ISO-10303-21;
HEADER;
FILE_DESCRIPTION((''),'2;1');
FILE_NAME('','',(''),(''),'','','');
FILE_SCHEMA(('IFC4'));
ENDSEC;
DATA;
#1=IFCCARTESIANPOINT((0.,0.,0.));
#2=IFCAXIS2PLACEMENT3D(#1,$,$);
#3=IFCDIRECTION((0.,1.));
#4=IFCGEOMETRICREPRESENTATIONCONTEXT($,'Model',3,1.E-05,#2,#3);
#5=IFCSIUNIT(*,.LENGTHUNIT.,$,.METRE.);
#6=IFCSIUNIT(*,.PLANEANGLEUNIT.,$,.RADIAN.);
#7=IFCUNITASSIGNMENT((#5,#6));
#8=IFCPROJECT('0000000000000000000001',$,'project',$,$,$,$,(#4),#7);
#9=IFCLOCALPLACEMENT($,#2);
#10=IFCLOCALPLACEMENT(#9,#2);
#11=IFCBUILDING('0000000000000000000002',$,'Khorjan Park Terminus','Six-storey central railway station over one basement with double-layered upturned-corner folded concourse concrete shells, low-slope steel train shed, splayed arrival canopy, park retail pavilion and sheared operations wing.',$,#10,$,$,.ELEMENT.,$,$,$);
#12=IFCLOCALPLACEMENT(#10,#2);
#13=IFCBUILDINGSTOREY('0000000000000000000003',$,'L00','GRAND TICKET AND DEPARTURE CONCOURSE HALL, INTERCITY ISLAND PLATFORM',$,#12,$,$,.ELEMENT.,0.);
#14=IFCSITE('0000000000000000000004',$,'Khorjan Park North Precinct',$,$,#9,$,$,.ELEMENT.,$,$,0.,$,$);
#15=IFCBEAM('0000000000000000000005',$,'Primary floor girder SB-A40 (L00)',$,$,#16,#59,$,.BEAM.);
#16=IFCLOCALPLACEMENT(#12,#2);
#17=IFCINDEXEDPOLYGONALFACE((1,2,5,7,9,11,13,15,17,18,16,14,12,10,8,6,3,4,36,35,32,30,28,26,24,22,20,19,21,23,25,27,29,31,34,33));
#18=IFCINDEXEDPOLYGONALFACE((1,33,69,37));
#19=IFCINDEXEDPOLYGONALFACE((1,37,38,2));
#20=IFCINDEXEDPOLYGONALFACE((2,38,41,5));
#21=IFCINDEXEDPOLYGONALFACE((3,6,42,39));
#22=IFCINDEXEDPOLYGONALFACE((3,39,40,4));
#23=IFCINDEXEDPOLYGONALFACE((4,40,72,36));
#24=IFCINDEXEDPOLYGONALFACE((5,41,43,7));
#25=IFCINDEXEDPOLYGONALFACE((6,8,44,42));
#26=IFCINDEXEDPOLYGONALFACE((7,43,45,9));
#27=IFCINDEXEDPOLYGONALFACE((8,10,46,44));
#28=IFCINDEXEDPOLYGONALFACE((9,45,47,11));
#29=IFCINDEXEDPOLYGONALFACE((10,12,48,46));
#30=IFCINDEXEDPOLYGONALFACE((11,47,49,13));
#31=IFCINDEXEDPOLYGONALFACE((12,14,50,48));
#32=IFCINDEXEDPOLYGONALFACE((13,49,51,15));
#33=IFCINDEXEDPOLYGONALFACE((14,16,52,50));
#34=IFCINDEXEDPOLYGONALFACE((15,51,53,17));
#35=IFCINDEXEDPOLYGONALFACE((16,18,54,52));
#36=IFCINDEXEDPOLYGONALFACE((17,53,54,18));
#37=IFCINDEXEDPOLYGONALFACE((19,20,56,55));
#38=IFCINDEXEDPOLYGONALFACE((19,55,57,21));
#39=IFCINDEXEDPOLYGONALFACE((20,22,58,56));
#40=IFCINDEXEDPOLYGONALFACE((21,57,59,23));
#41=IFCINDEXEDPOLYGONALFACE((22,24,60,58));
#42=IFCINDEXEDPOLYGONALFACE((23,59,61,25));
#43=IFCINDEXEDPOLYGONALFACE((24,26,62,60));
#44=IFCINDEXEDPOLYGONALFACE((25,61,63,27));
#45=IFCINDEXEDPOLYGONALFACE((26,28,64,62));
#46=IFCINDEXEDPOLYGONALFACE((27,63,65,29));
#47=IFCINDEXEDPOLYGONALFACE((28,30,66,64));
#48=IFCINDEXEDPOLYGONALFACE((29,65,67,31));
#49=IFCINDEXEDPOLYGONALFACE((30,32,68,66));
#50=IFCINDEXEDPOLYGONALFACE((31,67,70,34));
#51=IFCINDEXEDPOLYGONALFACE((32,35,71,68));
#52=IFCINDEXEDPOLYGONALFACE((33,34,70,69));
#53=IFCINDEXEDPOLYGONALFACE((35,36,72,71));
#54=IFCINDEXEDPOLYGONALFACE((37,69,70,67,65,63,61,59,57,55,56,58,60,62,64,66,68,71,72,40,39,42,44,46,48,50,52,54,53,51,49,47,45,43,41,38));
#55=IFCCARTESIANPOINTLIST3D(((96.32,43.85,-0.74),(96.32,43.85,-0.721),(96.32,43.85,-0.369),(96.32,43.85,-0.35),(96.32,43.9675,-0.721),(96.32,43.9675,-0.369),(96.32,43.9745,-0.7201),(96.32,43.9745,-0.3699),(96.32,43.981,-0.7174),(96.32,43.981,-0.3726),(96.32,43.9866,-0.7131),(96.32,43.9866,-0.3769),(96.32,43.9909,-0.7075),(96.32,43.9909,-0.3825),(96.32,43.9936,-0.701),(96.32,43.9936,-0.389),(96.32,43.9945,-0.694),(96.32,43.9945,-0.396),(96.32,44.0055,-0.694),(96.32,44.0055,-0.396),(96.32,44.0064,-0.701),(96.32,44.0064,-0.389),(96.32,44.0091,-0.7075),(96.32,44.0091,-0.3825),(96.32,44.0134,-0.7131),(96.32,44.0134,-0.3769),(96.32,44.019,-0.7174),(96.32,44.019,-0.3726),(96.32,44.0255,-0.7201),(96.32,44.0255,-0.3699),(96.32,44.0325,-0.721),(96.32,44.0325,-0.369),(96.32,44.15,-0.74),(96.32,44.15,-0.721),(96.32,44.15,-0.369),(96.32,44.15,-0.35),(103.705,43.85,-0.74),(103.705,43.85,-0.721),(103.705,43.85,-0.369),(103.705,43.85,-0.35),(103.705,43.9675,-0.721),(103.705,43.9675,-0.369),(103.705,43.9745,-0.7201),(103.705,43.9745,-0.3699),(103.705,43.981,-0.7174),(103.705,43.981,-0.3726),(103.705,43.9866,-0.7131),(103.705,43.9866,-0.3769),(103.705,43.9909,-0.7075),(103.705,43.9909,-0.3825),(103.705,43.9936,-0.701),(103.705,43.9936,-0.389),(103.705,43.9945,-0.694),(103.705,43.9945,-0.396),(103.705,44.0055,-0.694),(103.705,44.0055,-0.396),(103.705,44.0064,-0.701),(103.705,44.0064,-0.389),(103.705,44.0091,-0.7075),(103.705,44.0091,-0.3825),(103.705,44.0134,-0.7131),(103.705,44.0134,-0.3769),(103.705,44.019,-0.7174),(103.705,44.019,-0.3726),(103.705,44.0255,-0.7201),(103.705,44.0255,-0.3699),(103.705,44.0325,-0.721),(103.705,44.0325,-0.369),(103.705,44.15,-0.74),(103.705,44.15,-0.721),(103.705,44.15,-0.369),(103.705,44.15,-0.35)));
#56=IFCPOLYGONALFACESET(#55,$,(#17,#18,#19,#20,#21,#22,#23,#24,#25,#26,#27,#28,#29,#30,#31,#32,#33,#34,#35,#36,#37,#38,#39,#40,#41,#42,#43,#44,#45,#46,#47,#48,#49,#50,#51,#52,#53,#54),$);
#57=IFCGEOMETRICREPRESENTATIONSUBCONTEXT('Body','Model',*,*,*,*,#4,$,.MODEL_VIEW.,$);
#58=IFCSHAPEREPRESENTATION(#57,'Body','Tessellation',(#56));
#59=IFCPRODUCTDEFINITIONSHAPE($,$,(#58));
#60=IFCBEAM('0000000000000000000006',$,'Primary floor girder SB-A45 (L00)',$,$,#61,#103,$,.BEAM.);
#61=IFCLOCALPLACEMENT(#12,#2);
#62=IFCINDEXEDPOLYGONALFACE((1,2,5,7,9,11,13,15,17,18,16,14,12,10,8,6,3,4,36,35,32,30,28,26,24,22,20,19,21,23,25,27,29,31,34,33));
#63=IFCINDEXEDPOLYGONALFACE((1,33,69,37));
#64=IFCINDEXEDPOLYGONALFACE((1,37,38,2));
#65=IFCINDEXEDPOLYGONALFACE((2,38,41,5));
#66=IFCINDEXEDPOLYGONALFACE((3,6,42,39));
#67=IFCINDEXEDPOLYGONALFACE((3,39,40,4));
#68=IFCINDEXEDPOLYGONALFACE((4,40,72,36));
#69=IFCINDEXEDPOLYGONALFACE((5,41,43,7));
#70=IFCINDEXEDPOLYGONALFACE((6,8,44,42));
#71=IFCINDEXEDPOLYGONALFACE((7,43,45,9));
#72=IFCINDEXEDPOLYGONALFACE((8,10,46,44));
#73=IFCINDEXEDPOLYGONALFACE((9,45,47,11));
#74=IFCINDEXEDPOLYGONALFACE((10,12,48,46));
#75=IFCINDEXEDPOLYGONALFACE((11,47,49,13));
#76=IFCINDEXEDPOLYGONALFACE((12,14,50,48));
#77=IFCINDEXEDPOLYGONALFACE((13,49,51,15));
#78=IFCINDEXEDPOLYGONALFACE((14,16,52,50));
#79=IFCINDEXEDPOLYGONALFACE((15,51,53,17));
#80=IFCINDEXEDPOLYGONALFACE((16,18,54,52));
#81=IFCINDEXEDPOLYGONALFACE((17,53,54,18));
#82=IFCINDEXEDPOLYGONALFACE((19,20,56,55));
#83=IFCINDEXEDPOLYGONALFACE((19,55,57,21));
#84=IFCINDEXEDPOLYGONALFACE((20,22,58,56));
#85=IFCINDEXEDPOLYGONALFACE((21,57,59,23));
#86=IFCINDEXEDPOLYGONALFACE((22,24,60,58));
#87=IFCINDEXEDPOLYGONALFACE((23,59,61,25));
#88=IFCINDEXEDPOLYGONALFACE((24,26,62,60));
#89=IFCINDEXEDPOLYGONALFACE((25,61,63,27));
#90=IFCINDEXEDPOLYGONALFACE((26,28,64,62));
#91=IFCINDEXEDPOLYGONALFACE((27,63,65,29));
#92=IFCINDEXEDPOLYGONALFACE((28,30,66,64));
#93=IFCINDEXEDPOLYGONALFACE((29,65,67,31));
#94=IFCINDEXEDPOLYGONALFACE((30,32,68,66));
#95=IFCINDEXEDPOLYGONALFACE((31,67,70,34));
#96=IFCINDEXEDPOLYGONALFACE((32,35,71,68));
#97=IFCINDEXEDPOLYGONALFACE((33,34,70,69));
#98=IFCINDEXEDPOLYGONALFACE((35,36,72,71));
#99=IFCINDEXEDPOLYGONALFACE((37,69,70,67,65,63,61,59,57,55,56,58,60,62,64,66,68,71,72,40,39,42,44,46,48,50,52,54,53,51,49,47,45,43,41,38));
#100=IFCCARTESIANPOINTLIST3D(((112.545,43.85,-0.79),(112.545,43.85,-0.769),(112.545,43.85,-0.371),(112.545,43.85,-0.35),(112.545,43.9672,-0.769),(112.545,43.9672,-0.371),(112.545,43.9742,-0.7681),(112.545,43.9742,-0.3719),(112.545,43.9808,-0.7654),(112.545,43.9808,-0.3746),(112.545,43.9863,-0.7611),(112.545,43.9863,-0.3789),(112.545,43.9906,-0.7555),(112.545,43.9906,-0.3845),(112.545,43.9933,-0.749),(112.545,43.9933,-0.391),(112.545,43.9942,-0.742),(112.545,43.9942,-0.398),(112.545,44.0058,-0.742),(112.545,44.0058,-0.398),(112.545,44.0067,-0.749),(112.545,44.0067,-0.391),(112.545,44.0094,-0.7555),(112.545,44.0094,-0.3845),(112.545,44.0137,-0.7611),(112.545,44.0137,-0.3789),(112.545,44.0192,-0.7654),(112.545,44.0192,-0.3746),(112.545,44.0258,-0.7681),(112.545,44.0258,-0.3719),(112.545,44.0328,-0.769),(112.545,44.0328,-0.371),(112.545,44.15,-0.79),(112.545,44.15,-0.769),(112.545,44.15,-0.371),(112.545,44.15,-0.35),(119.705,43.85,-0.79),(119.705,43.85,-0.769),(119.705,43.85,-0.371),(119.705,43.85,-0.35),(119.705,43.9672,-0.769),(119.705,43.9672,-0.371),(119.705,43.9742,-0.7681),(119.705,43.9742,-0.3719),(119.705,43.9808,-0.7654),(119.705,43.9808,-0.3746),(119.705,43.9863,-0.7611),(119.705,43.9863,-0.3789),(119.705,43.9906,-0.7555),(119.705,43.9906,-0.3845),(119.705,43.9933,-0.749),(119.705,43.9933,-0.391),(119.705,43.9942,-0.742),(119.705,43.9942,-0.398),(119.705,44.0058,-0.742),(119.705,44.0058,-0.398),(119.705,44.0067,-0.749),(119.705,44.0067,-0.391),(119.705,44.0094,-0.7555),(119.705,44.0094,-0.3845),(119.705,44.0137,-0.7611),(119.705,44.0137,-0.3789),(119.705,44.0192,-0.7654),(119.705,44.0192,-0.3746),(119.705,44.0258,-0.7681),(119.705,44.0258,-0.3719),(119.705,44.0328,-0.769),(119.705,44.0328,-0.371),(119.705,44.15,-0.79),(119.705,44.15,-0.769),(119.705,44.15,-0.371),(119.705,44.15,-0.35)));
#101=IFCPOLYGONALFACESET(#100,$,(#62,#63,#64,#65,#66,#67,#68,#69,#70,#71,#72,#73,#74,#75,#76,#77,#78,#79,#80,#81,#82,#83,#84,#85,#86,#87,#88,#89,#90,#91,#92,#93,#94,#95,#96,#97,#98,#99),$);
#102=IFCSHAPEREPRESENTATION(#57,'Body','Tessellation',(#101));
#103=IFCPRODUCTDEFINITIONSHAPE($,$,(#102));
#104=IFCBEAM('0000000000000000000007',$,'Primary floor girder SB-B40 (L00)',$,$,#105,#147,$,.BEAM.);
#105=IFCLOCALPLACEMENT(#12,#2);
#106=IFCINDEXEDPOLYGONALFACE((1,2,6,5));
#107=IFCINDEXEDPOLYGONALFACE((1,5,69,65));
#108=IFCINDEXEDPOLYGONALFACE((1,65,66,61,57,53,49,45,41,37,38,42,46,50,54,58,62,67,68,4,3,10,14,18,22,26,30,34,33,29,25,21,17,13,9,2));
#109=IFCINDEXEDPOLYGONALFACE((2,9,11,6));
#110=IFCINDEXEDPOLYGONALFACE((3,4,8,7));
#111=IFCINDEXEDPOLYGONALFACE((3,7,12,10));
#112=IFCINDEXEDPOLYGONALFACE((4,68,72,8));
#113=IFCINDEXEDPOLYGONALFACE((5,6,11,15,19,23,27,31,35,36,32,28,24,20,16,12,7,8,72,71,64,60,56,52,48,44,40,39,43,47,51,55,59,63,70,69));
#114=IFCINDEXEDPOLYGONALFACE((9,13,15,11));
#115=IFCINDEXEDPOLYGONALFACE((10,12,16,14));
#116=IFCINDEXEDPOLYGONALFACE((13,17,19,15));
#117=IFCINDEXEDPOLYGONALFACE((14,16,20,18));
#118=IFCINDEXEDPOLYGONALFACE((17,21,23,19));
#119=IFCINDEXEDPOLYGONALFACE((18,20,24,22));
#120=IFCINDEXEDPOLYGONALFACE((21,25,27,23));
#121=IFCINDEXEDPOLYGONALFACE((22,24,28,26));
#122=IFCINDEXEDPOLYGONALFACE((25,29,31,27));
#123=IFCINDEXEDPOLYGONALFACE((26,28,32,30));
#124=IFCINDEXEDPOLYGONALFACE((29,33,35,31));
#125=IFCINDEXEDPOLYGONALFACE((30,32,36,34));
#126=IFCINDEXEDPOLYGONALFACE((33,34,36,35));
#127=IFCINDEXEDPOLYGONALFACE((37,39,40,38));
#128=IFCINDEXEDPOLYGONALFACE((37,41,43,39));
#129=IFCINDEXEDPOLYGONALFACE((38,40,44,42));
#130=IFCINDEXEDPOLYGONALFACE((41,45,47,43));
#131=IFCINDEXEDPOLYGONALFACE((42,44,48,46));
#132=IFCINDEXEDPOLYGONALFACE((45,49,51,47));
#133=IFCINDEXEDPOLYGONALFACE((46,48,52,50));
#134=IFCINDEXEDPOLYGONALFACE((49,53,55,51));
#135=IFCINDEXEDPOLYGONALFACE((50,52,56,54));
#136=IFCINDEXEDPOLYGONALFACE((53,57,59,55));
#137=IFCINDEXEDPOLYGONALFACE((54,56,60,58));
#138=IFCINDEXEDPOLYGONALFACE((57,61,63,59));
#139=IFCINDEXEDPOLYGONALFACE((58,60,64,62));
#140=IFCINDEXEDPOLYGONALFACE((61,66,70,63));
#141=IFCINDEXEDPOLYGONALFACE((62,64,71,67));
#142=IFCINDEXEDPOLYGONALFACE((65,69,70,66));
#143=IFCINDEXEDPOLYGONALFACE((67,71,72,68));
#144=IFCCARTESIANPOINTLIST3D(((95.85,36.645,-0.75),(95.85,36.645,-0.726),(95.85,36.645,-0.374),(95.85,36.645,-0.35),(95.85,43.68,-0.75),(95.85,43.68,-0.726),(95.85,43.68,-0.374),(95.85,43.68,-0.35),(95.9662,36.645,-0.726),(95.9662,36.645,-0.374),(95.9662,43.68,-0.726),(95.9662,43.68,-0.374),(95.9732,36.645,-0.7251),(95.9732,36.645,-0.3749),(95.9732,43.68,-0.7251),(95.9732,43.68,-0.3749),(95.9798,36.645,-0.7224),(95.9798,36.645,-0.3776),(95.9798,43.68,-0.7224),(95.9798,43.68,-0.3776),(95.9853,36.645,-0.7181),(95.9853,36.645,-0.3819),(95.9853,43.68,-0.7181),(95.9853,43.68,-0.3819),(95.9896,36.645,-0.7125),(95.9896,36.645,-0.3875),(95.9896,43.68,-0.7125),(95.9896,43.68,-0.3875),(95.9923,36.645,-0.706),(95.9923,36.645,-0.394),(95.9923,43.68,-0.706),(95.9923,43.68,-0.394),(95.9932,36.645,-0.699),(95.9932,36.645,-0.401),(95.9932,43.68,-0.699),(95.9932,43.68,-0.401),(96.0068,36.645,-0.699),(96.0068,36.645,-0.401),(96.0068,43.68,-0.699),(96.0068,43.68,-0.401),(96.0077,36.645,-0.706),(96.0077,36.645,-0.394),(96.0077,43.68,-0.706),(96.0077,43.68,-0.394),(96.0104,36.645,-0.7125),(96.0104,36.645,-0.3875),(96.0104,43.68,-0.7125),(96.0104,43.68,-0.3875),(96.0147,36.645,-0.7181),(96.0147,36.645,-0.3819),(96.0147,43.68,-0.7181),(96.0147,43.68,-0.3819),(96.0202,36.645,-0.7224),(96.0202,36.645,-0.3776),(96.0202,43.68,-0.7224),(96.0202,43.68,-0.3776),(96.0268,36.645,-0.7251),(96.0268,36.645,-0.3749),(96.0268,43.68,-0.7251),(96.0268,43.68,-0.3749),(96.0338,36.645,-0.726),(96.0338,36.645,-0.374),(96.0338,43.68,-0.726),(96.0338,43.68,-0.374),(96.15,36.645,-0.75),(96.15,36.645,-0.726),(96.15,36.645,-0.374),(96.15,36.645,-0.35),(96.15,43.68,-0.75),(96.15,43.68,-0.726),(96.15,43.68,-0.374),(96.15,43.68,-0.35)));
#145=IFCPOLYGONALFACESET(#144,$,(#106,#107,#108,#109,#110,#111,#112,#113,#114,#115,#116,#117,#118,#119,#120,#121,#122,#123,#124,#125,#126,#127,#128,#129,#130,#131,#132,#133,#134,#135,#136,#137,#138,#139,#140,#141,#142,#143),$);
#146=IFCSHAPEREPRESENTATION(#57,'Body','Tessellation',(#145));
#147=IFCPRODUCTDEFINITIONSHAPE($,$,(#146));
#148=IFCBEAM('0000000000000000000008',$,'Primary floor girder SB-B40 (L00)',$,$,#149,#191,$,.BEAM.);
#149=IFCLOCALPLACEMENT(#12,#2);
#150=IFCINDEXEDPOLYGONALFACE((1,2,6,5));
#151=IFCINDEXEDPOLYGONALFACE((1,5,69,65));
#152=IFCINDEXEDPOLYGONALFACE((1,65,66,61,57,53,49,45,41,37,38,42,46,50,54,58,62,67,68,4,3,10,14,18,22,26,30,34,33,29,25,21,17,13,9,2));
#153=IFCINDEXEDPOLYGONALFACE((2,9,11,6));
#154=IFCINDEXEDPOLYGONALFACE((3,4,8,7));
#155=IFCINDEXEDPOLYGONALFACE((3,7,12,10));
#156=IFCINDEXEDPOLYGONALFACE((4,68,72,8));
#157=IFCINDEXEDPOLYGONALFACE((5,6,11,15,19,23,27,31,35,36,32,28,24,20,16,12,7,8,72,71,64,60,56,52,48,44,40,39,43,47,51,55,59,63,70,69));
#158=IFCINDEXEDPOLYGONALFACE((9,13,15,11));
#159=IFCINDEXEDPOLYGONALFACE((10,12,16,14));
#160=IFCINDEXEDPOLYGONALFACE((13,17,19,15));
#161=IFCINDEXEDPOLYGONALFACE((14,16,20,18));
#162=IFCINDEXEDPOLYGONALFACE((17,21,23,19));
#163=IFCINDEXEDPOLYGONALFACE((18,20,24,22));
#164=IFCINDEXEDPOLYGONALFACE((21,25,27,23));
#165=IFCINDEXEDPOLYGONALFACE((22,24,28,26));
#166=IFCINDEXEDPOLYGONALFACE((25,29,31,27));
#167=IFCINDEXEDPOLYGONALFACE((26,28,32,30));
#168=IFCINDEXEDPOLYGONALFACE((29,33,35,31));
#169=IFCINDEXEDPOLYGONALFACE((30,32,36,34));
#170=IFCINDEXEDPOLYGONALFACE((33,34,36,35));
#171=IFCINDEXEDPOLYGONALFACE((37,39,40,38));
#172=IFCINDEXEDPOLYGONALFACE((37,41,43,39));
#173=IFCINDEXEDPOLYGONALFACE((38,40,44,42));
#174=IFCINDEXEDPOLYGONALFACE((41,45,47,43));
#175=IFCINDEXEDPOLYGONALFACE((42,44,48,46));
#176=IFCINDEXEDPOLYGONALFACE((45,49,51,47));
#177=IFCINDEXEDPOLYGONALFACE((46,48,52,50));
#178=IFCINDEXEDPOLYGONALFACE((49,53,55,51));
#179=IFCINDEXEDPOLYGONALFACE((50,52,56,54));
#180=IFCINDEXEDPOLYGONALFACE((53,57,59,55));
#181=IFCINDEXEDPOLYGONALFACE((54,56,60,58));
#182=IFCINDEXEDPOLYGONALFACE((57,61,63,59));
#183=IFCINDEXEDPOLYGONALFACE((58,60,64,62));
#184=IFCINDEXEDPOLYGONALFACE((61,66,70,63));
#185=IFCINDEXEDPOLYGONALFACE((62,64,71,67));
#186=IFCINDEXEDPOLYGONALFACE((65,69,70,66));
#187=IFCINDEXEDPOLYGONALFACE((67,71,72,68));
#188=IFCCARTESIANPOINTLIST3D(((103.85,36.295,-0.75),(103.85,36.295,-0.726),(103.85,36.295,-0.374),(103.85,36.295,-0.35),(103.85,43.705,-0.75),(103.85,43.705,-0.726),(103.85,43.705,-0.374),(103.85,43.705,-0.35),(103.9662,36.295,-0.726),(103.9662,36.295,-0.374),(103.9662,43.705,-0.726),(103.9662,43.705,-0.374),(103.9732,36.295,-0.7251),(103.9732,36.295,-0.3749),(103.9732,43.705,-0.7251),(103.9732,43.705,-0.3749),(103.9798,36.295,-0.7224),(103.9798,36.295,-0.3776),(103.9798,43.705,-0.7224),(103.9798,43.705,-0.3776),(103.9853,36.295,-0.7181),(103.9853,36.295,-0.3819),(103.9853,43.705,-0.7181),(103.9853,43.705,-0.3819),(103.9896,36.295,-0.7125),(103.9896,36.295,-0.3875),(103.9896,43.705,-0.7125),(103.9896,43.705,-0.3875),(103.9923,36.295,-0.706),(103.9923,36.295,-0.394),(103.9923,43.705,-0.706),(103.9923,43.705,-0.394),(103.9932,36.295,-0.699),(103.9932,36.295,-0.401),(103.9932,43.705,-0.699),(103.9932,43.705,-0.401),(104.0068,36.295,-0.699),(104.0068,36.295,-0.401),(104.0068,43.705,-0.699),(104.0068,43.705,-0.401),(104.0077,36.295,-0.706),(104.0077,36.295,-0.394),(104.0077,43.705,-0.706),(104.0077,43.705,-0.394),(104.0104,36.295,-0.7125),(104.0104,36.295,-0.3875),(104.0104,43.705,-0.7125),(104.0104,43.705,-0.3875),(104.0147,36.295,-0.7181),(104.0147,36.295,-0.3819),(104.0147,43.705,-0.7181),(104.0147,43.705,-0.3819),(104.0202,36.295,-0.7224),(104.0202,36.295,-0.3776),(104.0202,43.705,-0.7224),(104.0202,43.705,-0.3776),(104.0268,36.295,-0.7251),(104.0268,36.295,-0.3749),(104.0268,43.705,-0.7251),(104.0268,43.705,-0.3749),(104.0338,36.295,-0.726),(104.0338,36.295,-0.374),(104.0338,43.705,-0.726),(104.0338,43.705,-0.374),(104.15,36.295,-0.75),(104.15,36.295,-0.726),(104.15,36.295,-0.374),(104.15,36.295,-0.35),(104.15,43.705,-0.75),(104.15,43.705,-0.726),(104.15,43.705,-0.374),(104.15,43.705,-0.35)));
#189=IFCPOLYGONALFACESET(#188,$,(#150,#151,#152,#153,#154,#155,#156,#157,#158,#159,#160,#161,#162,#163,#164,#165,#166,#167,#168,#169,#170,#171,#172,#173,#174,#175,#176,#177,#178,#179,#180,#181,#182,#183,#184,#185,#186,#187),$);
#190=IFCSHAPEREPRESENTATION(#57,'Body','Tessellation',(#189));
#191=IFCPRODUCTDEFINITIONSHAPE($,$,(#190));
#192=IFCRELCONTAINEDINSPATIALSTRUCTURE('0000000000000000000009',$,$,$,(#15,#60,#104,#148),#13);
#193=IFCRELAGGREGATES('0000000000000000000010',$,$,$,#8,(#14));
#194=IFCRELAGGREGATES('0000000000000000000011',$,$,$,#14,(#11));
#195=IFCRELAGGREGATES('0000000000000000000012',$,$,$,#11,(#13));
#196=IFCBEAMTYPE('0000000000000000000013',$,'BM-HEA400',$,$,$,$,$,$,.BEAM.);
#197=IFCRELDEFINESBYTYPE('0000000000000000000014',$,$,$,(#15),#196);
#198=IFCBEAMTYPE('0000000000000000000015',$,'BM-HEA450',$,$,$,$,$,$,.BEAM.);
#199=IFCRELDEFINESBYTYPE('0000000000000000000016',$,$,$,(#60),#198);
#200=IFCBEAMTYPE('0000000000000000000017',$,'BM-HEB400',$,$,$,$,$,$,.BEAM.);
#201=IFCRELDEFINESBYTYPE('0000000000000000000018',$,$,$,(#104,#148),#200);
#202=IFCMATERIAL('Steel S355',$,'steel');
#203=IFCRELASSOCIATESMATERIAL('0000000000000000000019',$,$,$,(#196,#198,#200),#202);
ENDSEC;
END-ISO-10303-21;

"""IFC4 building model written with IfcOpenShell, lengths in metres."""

from ifc_helpers import new_model, si_unit, direction, frame, origin, origin_2d, place, context, subcontext, project, spatial, i_section, extrude, material, material_profile, profile_set, type_object, element, save


model = new_model("IFC4")

# Units and contexts
model_context = context("Model", 3, precision=1e-05, world=origin(), true_north=direction((0.0, 1.0)))
body_context = subcontext(model_context, "Body", "Model", "MODEL_VIEW")
ifc_project = project(units=[si_unit("LENGTHUNIT", "METRE"), si_unit("PLANEANGLEUNIT", "RADIAN")], contexts=[model_context])

# Site, building, storey
site_placement = place(None, origin())
site = spatial("IfcSite", under=ifc_project, at=site_placement, Name="Khorjan Park North Precinct", CompositionType="ELEMENT", RefElevation=0.0)
building_placement = place(site_placement, origin())
building = spatial("IfcBuilding", under=site, at=building_placement, Name="Khorjan Park Terminus", Description="Six-storey central railway station over one basement with double-layered upturned-corner folded concourse concrete shells, low-slope steel train shed, splayed arrival canopy, park retail pavilion and sheared operations wing.", CompositionType="ELEMENT")
storey_placement = place(building_placement, origin())
storey = spatial("IfcBuildingStorey", under=building, at=storey_placement, Name="L00", Description="GRAND TICKET AND DEPARTURE CONCOURSE HALL, INTERCITY ISLAND PLATFORM", CompositionType="ELEMENT", Elevation=0.0)

# Beams
ifc_material_1 = material(Name="Steel S355", Category="steel")
ifc_material_profile_1 = material_profile(ifc_material_1, i_section(OverallWidth=0.3, OverallDepth=0.39, WebThickness=0.011, FlangeThickness=0.019, FilletRadius=0.027, at=origin_2d()), Name="HEA 400")
ifc_profile_set_1 = profile_set([ifc_material_profile_1], Name="Steel S355")
beam_type_1 = type_object("IfcBeamType", Name="BM-HEA400", PredefinedType="BEAM", material=ifc_profile_set_1)
beam_1_placement = place(storey_placement, frame((96.32, 44.0, -0.545), z_axis=(1.0, 0.0, 0.0), x_axis=(0.0, 1.0, 0.0)))
element("IfcBeam", 1, at=beam_1_placement, inside=storey, type_object=beam_type_1, Name="Primary floor girder SB-A40 (L00)", PredefinedType="BEAM", context=body_context, shape_type="SweptSolid", body=[
    extrude(i_section(OverallWidth=0.3, OverallDepth=0.39, WebThickness=0.011, FlangeThickness=0.019, FilletRadius=0.027, at=origin_2d()), origin(), (0.0, 0.0, 1.0), 7.385),
])
ifc_material_profile_2 = material_profile(ifc_material_1, i_section(OverallWidth=0.3, OverallDepth=0.44, WebThickness=0.0115, FlangeThickness=0.021, FilletRadius=0.027, at=origin_2d()), Name="HEA 450")
ifc_profile_set_2 = profile_set([ifc_material_profile_2], Name="Steel S355")
beam_type_2 = type_object("IfcBeamType", Name="BM-HEA450", PredefinedType="BEAM", material=ifc_profile_set_2)
beam_2_placement = place(storey_placement, frame((112.545, 44.0, -0.57), z_axis=(1.0, 0.0, 0.0), x_axis=(0.0, 1.0, 0.0)))
element("IfcBeam", 2, at=beam_2_placement, inside=storey, type_object=beam_type_2, Name="Primary floor girder SB-A45 (L00)", PredefinedType="BEAM", context=body_context, shape_type="SweptSolid", body=[
    extrude(i_section(OverallWidth=0.3, OverallDepth=0.44, WebThickness=0.0115, FlangeThickness=0.021, FilletRadius=0.027, at=origin_2d()), origin(), (0.0, 0.0, 1.0), 7.16),
])
ifc_material_profile_3 = material_profile(ifc_material_1, i_section(OverallWidth=0.3, OverallDepth=0.4, WebThickness=0.0135, FlangeThickness=0.024, FilletRadius=0.027, at=origin_2d()), Name="HEB 400")
ifc_profile_set_3 = profile_set([ifc_material_profile_3], Name="Steel S355")
beam_type_3 = type_object("IfcBeamType", Name="BM-HEB400", PredefinedType="BEAM", material=ifc_profile_set_3)
beam_3_placement = place(storey_placement, frame((96.0, 36.645, -0.55), z_axis=(0.0, 1.0, 0.0), x_axis=(-1.0, 0.0, 0.0)))
element("IfcBeam", 3, at=beam_3_placement, inside=storey, type_object=beam_type_3, Name="Primary floor girder SB-B40 (L00)", PredefinedType="BEAM", context=body_context, shape_type="SweptSolid", body=[
    extrude(i_section(OverallWidth=0.3, OverallDepth=0.4, WebThickness=0.0135, FlangeThickness=0.024, FilletRadius=0.027, at=origin_2d()), origin(), (0.0, 0.0, 1.0), 7.035),
])
beam_4_placement = place(storey_placement, frame((104.0, 36.295, -0.55), z_axis=(0.0, 1.0, 0.0), x_axis=(-1.0, 0.0, 0.0)))
element("IfcBeam", 4, at=beam_4_placement, inside=storey, type_object=beam_type_3, Name="Primary floor girder SB-B40 (L00)", PredefinedType="BEAM", context=body_context, shape_type="SweptSolid", body=[
    extrude(i_section(OverallWidth=0.3, OverallDepth=0.4, WebThickness=0.0135, FlangeThickness=0.024, FilletRadius=0.027, at=origin_2d()), origin(), (0.0, 0.0, 1.0), 7.41),
])

save(model, "model.ifc")
